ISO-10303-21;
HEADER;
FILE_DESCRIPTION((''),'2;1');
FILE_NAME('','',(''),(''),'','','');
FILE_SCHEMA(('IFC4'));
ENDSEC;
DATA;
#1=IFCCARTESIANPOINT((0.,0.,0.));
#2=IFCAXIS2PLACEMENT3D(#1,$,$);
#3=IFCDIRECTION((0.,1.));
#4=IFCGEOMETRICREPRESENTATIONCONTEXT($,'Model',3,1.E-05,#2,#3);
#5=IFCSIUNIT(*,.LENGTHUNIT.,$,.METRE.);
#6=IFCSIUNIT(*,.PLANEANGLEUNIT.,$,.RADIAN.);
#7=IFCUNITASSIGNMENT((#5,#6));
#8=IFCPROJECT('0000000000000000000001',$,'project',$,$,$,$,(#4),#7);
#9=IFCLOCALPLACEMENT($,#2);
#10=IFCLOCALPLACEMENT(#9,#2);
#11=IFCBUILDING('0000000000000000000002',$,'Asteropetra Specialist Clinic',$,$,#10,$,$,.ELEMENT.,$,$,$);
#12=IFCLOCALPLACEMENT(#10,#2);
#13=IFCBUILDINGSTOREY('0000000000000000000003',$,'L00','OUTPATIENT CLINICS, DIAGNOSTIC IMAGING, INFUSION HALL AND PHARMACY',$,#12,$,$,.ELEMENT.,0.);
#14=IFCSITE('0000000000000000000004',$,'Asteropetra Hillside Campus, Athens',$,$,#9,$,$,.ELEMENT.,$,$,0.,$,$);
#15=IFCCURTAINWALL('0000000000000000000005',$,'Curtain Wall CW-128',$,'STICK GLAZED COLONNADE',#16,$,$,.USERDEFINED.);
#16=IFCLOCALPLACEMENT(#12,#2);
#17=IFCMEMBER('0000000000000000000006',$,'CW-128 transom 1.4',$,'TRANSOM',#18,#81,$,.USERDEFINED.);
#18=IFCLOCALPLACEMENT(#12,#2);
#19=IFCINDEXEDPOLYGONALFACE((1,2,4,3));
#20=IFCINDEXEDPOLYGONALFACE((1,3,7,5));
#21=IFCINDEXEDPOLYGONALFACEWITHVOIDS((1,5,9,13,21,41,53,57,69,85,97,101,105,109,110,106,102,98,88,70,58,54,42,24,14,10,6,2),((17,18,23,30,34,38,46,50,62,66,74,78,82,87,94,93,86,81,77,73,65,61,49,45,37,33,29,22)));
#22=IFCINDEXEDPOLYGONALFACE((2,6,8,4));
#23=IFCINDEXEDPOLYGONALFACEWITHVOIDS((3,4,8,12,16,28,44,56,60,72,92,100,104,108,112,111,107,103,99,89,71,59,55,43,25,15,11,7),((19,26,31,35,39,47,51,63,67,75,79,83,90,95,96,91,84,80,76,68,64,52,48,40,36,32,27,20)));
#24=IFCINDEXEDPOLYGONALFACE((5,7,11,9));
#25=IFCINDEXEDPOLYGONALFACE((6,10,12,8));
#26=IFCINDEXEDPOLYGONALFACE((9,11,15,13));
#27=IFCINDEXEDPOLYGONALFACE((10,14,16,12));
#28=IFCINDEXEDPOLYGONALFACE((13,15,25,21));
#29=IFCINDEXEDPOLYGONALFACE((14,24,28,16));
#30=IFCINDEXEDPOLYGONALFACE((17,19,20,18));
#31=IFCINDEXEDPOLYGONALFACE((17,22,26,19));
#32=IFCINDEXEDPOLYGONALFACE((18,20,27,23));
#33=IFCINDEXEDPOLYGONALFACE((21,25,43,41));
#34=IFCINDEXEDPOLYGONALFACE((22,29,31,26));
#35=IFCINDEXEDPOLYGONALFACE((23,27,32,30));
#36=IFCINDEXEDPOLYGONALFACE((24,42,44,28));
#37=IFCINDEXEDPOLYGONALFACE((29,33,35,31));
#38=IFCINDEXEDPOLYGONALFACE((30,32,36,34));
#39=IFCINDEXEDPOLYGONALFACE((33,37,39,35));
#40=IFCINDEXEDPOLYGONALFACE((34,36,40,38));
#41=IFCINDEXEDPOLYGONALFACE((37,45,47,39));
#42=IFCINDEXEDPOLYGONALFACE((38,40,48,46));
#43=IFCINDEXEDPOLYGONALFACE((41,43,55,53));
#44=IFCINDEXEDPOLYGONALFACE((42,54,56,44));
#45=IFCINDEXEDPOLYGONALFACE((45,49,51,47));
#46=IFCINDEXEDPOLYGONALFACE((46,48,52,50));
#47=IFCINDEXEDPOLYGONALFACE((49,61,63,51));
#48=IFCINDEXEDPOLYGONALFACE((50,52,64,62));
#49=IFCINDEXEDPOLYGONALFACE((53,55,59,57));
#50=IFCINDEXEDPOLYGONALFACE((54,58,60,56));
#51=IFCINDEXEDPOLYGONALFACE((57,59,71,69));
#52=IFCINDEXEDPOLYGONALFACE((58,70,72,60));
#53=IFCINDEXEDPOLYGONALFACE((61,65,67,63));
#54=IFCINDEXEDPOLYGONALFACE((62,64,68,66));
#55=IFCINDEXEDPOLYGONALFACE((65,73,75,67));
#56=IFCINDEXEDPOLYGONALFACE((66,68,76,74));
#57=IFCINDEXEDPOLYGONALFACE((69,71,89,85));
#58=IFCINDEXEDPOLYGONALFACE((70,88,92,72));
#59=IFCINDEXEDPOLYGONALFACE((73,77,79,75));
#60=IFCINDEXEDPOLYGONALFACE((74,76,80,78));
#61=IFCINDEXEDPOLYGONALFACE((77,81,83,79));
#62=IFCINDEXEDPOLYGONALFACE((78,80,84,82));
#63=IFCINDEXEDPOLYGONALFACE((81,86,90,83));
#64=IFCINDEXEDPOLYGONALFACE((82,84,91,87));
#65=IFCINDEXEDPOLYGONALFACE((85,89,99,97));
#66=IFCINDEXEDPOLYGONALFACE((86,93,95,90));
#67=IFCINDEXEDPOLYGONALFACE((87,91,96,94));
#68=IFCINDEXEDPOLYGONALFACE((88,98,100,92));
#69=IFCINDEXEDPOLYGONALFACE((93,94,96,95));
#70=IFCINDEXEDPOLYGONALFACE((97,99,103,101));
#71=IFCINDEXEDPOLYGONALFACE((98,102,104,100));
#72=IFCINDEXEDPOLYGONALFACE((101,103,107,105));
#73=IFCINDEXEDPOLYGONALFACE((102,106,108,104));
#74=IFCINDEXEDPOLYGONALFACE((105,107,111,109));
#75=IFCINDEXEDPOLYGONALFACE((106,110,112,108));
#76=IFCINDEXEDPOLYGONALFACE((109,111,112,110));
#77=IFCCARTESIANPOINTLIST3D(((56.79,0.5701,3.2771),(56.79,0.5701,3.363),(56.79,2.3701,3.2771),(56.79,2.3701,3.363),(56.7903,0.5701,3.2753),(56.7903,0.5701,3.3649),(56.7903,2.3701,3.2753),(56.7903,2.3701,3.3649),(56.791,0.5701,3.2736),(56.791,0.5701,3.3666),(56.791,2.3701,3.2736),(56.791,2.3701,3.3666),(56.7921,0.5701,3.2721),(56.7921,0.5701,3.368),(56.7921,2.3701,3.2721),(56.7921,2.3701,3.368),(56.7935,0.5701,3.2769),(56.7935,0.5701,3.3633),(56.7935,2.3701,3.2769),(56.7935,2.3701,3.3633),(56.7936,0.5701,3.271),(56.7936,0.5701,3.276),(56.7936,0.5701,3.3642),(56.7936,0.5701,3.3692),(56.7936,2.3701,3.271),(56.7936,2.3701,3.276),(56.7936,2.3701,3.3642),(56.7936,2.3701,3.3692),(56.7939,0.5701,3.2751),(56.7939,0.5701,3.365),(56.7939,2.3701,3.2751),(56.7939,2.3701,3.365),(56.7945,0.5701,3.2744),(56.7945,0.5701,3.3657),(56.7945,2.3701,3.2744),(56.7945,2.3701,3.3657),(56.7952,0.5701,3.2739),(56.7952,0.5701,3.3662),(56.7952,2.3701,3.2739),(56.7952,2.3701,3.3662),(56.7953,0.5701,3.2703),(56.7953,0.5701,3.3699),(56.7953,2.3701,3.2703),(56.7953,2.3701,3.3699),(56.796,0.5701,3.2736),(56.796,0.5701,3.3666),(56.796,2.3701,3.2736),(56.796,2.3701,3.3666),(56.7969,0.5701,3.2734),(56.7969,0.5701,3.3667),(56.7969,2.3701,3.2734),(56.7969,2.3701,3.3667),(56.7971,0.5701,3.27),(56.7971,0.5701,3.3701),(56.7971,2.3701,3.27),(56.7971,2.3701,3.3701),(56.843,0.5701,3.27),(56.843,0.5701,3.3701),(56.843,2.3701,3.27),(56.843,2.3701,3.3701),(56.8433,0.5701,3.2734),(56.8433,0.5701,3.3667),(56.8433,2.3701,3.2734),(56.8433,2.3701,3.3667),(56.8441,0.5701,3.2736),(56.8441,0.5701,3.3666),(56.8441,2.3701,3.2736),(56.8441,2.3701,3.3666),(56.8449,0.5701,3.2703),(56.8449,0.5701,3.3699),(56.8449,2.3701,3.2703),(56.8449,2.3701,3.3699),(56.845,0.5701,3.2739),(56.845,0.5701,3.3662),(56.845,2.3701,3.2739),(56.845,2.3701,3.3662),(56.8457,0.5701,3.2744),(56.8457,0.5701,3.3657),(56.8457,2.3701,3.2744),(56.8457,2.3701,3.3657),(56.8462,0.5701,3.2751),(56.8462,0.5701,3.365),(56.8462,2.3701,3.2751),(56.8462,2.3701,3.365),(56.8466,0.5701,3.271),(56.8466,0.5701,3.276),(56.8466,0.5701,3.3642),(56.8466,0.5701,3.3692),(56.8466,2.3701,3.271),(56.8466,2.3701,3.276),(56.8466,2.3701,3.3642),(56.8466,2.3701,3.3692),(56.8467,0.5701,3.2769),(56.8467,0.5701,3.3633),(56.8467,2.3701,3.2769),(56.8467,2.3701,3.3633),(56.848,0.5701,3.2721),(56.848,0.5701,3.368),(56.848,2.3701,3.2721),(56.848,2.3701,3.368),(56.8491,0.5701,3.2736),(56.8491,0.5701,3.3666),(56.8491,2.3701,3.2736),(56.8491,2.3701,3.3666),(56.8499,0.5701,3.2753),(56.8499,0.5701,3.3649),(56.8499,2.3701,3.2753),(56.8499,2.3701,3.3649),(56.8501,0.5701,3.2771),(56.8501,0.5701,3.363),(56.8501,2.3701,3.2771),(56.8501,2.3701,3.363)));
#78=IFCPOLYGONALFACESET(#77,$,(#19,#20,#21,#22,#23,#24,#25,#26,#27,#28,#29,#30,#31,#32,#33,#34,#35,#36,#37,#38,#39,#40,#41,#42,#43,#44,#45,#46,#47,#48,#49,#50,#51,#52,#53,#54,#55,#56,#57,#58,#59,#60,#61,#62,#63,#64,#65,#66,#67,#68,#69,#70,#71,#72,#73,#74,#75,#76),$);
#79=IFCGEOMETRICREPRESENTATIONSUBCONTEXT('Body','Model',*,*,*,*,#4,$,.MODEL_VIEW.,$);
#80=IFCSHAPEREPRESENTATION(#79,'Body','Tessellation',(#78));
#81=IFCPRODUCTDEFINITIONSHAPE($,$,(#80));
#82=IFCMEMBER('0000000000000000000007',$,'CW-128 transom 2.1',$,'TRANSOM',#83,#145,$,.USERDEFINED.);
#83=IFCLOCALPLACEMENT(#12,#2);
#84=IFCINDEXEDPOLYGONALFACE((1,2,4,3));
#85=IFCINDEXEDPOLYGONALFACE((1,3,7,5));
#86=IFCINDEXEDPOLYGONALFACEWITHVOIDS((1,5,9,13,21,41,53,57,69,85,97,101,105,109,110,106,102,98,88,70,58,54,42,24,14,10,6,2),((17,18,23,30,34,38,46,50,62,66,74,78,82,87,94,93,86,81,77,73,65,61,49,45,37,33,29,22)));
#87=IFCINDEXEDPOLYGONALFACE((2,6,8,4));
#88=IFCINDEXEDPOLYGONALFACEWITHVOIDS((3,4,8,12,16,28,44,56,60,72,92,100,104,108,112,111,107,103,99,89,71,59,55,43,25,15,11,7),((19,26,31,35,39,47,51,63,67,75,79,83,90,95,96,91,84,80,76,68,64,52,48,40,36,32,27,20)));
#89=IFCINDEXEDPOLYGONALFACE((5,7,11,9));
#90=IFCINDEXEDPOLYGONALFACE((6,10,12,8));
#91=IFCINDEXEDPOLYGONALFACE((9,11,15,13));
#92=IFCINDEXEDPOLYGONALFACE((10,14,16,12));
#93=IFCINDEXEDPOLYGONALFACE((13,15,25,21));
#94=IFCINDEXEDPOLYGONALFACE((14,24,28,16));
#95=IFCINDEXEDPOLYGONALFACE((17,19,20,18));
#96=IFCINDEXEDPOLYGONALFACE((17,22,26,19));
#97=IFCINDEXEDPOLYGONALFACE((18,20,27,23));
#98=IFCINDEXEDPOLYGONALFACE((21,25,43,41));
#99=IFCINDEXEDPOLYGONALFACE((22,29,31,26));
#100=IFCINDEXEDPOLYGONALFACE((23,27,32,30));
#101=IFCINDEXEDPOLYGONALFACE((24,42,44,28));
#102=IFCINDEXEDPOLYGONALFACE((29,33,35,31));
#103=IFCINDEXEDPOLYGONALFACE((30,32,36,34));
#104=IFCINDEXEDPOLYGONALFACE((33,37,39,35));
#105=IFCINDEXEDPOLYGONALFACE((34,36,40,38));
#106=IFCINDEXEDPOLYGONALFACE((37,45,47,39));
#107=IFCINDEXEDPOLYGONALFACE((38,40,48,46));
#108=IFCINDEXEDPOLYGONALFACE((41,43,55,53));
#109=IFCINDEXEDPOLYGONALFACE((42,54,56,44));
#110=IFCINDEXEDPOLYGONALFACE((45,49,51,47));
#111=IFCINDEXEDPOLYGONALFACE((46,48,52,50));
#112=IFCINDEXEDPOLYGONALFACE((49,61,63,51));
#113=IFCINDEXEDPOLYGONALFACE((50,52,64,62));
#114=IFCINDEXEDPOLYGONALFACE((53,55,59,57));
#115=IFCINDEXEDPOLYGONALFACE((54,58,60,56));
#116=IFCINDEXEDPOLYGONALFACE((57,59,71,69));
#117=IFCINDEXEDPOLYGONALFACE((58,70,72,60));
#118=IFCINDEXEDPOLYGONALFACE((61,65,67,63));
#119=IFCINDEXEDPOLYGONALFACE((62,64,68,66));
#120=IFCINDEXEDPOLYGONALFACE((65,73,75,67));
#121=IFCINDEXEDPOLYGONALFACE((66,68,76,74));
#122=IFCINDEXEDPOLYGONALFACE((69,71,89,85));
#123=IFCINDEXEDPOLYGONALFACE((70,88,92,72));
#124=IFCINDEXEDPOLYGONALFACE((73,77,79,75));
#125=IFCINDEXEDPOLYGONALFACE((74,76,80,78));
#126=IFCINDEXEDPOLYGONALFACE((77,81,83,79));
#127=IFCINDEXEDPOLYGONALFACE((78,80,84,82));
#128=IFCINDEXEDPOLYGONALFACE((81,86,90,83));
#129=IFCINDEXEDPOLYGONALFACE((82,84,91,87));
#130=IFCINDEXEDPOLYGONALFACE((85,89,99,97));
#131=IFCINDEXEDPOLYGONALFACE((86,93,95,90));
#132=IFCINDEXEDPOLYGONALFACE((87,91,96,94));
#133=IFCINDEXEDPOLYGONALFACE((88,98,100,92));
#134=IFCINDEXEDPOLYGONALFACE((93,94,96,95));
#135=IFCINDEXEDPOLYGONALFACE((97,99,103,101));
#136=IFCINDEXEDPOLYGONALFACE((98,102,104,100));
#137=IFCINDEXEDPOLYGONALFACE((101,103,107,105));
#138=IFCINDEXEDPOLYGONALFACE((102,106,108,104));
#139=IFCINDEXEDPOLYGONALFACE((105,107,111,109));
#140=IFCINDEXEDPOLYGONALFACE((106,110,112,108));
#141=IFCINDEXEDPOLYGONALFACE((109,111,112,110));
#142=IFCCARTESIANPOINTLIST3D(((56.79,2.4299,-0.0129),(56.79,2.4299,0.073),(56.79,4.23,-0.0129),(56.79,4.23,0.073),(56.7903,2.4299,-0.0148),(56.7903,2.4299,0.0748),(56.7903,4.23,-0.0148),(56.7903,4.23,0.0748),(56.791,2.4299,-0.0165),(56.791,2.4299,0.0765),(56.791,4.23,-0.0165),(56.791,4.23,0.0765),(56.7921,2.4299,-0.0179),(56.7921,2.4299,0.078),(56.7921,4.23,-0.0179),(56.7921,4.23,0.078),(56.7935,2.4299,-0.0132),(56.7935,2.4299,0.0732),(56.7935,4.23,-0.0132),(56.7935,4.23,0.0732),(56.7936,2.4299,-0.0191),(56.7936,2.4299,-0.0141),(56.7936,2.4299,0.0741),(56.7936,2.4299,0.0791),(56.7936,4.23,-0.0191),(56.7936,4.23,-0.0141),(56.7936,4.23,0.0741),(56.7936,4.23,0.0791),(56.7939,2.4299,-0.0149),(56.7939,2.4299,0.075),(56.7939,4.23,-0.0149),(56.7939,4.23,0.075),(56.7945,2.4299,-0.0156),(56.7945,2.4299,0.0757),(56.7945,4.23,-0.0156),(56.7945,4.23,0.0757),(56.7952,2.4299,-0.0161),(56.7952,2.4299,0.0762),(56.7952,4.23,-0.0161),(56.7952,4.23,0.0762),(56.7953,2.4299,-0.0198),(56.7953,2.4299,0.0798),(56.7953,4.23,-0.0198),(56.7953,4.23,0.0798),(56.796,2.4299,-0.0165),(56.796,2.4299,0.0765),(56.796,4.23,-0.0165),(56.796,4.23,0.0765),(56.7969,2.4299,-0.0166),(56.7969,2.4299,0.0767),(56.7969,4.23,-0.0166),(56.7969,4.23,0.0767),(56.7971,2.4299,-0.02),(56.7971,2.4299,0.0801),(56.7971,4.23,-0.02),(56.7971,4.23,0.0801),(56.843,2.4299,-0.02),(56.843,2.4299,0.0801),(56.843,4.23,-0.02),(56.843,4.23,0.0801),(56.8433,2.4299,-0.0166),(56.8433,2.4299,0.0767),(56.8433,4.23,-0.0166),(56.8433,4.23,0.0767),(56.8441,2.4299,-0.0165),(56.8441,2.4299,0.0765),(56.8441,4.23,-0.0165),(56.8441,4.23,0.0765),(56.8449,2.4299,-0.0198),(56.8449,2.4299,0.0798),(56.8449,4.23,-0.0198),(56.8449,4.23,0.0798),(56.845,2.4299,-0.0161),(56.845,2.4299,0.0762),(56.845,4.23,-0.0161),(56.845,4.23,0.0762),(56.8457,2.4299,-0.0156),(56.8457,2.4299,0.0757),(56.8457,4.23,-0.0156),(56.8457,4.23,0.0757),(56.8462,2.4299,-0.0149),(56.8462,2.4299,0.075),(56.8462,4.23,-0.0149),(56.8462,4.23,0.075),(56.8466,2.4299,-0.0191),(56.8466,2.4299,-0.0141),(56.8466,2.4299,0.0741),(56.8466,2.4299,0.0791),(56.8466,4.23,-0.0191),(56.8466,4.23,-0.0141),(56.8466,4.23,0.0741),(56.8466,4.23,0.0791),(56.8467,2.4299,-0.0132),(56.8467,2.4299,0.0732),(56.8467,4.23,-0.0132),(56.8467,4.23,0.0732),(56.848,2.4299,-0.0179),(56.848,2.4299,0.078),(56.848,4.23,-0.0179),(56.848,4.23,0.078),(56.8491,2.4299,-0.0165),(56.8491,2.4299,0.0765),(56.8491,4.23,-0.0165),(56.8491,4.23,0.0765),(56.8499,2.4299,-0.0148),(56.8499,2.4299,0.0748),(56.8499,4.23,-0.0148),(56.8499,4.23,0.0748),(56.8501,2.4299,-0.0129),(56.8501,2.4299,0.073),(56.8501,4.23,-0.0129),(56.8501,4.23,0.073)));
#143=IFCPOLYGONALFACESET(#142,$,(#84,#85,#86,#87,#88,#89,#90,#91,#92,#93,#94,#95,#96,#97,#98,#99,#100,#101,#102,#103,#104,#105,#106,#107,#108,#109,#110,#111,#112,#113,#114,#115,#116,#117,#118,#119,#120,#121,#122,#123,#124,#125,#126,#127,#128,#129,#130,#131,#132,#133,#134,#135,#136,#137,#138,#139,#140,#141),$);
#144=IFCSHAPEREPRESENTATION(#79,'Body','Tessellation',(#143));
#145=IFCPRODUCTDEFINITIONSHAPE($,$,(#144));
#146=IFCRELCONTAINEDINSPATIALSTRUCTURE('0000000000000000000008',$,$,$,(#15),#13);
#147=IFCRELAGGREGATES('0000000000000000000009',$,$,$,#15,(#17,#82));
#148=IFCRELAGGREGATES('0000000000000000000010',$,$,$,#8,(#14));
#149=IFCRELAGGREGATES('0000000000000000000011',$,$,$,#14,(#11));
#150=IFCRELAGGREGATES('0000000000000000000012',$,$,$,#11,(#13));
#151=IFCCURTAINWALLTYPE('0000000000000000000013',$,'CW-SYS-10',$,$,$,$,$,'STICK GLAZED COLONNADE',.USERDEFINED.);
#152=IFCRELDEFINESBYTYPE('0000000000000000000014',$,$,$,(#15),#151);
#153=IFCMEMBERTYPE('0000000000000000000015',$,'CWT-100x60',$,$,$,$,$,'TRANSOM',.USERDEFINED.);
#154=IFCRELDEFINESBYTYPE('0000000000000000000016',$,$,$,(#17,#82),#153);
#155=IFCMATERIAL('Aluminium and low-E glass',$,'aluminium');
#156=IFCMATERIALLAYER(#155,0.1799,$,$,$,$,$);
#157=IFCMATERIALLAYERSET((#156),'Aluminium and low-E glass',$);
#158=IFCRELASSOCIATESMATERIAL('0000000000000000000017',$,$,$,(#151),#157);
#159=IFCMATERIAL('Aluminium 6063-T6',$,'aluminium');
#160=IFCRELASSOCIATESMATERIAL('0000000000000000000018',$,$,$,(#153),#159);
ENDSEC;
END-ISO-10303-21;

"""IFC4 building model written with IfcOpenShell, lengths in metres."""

from ifc_helpers import new_model, si_unit, direction, frame, origin, origin_2d, place, context, subcontext, project, spatial, hollow_rectangle, extrude, material, layer, layer_set, material_profile, profile_set, type_object, element, aggregate, save


model = new_model("IFC4")

# Units and contexts
model_context = context("Model", 3, precision=1e-05, world=origin(), true_north=direction((0.0, 1.0)))
body_context = subcontext(model_context, "Body", "Model", "MODEL_VIEW")
ifc_project = project(units=[si_unit("LENGTHUNIT", "METRE"), si_unit("PLANEANGLEUNIT", "RADIAN")], contexts=[model_context])

# Site, building, storey
site_placement = place(None, origin())
site = spatial("IfcSite", under=ifc_project, at=site_placement, Name="Asteropetra Hillside Campus, Athens", CompositionType="ELEMENT", RefElevation=0.0)
building_placement = place(site_placement, origin())
building = spatial("IfcBuilding", under=site, at=building_placement, Name="Asteropetra Specialist Clinic", CompositionType="ELEMENT")
storey_placement = place(building_placement, origin())
storey = spatial("IfcBuildingStorey", under=building, at=storey_placement, Name="L00", Description="OUTPATIENT CLINICS, DIAGNOSTIC IMAGING, INFUSION HALL AND PHARMACY", CompositionType="ELEMENT", Elevation=0.0)

# Curtain wall
ifc_material_1 = material(Name="Aluminium and low-E glass", Category="aluminium")
ifc_layer_1 = layer(ifc_material_1, 0.1799)
ifc_layer_set_1 = layer_set([ifc_layer_1], Name="Aluminium and low-E glass")
curtain_wall_type = type_object("IfcCurtainWallType", Name="CW-SYS-10", ElementType="STICK GLAZED COLONNADE", PredefinedType="USERDEFINED", material=ifc_layer_set_1)
curtain_wall_1_placement = place(storey_placement, origin())
curtain_wall_1 = element("IfcCurtainWall", 1, at=curtain_wall_1_placement, inside=storey, type_object=curtain_wall_type, Name="Curtain Wall CW-128", ObjectType="STICK GLAZED COLONNADE", PredefinedType="USERDEFINED")

# Members
ifc_material_2 = material(Name="Aluminium 6063-T6", Category="aluminium")
ifc_material_profile_1 = material_profile(ifc_material_2, hollow_rectangle(XDim=0.0601, YDim=0.1001, WallThickness=0.0034, InnerFilletRadius=0.0034, OuterFilletRadius=0.0071, at=origin_2d()), Name="TRN 100x60x3.5")
ifc_profile_set_1 = profile_set([ifc_material_profile_1], Name="Aluminium 6063-T6")
member_type_1 = type_object("IfcMemberType", Name="CWT-100x60", ElementType="TRANSOM", PredefinedType="USERDEFINED", material=ifc_profile_set_1)
member_1_placement = place(storey_placement, frame((56.8201, 0.5701, 3.3201), z_axis=(0.0, 1.0, 0.0), x_axis=(-1.0, 0.0, 0.0)))
member_1 = element("IfcMember", 2, at=member_1_placement, type_object=member_type_1, Name="CW-128 transom 1.4", ObjectType="TRANSOM", PredefinedType="USERDEFINED", context=body_context, shape_type="SweptSolid", body=[
    extrude(hollow_rectangle(XDim=0.0601, YDim=0.1001, WallThickness=0.0034, InnerFilletRadius=0.0034, OuterFilletRadius=0.0071, at=origin_2d()), origin(), (0.0, 0.0, 1.0), 1.8),
])
member_2_placement = place(storey_placement, frame((56.8201, 2.4299, 0.03), z_axis=(0.0, 1.0, 0.0), x_axis=(-1.0, 0.0, 0.0)))
member_2 = element("IfcMember", 3, at=member_2_placement, type_object=member_type_1, Name="CW-128 transom 2.1", ObjectType="TRANSOM", PredefinedType="USERDEFINED", context=body_context, shape_type="SweptSolid", body=[
    extrude(hollow_rectangle(XDim=0.0601, YDim=0.1001, WallThickness=0.0034, InnerFilletRadius=0.0034, OuterFilletRadius=0.0071, at=origin_2d()), origin(), (0.0, 0.0, 1.0), 1.8),
])

aggregate(curtain_wall_1, [member_1, member_2])

save(model, "model.ifc")
